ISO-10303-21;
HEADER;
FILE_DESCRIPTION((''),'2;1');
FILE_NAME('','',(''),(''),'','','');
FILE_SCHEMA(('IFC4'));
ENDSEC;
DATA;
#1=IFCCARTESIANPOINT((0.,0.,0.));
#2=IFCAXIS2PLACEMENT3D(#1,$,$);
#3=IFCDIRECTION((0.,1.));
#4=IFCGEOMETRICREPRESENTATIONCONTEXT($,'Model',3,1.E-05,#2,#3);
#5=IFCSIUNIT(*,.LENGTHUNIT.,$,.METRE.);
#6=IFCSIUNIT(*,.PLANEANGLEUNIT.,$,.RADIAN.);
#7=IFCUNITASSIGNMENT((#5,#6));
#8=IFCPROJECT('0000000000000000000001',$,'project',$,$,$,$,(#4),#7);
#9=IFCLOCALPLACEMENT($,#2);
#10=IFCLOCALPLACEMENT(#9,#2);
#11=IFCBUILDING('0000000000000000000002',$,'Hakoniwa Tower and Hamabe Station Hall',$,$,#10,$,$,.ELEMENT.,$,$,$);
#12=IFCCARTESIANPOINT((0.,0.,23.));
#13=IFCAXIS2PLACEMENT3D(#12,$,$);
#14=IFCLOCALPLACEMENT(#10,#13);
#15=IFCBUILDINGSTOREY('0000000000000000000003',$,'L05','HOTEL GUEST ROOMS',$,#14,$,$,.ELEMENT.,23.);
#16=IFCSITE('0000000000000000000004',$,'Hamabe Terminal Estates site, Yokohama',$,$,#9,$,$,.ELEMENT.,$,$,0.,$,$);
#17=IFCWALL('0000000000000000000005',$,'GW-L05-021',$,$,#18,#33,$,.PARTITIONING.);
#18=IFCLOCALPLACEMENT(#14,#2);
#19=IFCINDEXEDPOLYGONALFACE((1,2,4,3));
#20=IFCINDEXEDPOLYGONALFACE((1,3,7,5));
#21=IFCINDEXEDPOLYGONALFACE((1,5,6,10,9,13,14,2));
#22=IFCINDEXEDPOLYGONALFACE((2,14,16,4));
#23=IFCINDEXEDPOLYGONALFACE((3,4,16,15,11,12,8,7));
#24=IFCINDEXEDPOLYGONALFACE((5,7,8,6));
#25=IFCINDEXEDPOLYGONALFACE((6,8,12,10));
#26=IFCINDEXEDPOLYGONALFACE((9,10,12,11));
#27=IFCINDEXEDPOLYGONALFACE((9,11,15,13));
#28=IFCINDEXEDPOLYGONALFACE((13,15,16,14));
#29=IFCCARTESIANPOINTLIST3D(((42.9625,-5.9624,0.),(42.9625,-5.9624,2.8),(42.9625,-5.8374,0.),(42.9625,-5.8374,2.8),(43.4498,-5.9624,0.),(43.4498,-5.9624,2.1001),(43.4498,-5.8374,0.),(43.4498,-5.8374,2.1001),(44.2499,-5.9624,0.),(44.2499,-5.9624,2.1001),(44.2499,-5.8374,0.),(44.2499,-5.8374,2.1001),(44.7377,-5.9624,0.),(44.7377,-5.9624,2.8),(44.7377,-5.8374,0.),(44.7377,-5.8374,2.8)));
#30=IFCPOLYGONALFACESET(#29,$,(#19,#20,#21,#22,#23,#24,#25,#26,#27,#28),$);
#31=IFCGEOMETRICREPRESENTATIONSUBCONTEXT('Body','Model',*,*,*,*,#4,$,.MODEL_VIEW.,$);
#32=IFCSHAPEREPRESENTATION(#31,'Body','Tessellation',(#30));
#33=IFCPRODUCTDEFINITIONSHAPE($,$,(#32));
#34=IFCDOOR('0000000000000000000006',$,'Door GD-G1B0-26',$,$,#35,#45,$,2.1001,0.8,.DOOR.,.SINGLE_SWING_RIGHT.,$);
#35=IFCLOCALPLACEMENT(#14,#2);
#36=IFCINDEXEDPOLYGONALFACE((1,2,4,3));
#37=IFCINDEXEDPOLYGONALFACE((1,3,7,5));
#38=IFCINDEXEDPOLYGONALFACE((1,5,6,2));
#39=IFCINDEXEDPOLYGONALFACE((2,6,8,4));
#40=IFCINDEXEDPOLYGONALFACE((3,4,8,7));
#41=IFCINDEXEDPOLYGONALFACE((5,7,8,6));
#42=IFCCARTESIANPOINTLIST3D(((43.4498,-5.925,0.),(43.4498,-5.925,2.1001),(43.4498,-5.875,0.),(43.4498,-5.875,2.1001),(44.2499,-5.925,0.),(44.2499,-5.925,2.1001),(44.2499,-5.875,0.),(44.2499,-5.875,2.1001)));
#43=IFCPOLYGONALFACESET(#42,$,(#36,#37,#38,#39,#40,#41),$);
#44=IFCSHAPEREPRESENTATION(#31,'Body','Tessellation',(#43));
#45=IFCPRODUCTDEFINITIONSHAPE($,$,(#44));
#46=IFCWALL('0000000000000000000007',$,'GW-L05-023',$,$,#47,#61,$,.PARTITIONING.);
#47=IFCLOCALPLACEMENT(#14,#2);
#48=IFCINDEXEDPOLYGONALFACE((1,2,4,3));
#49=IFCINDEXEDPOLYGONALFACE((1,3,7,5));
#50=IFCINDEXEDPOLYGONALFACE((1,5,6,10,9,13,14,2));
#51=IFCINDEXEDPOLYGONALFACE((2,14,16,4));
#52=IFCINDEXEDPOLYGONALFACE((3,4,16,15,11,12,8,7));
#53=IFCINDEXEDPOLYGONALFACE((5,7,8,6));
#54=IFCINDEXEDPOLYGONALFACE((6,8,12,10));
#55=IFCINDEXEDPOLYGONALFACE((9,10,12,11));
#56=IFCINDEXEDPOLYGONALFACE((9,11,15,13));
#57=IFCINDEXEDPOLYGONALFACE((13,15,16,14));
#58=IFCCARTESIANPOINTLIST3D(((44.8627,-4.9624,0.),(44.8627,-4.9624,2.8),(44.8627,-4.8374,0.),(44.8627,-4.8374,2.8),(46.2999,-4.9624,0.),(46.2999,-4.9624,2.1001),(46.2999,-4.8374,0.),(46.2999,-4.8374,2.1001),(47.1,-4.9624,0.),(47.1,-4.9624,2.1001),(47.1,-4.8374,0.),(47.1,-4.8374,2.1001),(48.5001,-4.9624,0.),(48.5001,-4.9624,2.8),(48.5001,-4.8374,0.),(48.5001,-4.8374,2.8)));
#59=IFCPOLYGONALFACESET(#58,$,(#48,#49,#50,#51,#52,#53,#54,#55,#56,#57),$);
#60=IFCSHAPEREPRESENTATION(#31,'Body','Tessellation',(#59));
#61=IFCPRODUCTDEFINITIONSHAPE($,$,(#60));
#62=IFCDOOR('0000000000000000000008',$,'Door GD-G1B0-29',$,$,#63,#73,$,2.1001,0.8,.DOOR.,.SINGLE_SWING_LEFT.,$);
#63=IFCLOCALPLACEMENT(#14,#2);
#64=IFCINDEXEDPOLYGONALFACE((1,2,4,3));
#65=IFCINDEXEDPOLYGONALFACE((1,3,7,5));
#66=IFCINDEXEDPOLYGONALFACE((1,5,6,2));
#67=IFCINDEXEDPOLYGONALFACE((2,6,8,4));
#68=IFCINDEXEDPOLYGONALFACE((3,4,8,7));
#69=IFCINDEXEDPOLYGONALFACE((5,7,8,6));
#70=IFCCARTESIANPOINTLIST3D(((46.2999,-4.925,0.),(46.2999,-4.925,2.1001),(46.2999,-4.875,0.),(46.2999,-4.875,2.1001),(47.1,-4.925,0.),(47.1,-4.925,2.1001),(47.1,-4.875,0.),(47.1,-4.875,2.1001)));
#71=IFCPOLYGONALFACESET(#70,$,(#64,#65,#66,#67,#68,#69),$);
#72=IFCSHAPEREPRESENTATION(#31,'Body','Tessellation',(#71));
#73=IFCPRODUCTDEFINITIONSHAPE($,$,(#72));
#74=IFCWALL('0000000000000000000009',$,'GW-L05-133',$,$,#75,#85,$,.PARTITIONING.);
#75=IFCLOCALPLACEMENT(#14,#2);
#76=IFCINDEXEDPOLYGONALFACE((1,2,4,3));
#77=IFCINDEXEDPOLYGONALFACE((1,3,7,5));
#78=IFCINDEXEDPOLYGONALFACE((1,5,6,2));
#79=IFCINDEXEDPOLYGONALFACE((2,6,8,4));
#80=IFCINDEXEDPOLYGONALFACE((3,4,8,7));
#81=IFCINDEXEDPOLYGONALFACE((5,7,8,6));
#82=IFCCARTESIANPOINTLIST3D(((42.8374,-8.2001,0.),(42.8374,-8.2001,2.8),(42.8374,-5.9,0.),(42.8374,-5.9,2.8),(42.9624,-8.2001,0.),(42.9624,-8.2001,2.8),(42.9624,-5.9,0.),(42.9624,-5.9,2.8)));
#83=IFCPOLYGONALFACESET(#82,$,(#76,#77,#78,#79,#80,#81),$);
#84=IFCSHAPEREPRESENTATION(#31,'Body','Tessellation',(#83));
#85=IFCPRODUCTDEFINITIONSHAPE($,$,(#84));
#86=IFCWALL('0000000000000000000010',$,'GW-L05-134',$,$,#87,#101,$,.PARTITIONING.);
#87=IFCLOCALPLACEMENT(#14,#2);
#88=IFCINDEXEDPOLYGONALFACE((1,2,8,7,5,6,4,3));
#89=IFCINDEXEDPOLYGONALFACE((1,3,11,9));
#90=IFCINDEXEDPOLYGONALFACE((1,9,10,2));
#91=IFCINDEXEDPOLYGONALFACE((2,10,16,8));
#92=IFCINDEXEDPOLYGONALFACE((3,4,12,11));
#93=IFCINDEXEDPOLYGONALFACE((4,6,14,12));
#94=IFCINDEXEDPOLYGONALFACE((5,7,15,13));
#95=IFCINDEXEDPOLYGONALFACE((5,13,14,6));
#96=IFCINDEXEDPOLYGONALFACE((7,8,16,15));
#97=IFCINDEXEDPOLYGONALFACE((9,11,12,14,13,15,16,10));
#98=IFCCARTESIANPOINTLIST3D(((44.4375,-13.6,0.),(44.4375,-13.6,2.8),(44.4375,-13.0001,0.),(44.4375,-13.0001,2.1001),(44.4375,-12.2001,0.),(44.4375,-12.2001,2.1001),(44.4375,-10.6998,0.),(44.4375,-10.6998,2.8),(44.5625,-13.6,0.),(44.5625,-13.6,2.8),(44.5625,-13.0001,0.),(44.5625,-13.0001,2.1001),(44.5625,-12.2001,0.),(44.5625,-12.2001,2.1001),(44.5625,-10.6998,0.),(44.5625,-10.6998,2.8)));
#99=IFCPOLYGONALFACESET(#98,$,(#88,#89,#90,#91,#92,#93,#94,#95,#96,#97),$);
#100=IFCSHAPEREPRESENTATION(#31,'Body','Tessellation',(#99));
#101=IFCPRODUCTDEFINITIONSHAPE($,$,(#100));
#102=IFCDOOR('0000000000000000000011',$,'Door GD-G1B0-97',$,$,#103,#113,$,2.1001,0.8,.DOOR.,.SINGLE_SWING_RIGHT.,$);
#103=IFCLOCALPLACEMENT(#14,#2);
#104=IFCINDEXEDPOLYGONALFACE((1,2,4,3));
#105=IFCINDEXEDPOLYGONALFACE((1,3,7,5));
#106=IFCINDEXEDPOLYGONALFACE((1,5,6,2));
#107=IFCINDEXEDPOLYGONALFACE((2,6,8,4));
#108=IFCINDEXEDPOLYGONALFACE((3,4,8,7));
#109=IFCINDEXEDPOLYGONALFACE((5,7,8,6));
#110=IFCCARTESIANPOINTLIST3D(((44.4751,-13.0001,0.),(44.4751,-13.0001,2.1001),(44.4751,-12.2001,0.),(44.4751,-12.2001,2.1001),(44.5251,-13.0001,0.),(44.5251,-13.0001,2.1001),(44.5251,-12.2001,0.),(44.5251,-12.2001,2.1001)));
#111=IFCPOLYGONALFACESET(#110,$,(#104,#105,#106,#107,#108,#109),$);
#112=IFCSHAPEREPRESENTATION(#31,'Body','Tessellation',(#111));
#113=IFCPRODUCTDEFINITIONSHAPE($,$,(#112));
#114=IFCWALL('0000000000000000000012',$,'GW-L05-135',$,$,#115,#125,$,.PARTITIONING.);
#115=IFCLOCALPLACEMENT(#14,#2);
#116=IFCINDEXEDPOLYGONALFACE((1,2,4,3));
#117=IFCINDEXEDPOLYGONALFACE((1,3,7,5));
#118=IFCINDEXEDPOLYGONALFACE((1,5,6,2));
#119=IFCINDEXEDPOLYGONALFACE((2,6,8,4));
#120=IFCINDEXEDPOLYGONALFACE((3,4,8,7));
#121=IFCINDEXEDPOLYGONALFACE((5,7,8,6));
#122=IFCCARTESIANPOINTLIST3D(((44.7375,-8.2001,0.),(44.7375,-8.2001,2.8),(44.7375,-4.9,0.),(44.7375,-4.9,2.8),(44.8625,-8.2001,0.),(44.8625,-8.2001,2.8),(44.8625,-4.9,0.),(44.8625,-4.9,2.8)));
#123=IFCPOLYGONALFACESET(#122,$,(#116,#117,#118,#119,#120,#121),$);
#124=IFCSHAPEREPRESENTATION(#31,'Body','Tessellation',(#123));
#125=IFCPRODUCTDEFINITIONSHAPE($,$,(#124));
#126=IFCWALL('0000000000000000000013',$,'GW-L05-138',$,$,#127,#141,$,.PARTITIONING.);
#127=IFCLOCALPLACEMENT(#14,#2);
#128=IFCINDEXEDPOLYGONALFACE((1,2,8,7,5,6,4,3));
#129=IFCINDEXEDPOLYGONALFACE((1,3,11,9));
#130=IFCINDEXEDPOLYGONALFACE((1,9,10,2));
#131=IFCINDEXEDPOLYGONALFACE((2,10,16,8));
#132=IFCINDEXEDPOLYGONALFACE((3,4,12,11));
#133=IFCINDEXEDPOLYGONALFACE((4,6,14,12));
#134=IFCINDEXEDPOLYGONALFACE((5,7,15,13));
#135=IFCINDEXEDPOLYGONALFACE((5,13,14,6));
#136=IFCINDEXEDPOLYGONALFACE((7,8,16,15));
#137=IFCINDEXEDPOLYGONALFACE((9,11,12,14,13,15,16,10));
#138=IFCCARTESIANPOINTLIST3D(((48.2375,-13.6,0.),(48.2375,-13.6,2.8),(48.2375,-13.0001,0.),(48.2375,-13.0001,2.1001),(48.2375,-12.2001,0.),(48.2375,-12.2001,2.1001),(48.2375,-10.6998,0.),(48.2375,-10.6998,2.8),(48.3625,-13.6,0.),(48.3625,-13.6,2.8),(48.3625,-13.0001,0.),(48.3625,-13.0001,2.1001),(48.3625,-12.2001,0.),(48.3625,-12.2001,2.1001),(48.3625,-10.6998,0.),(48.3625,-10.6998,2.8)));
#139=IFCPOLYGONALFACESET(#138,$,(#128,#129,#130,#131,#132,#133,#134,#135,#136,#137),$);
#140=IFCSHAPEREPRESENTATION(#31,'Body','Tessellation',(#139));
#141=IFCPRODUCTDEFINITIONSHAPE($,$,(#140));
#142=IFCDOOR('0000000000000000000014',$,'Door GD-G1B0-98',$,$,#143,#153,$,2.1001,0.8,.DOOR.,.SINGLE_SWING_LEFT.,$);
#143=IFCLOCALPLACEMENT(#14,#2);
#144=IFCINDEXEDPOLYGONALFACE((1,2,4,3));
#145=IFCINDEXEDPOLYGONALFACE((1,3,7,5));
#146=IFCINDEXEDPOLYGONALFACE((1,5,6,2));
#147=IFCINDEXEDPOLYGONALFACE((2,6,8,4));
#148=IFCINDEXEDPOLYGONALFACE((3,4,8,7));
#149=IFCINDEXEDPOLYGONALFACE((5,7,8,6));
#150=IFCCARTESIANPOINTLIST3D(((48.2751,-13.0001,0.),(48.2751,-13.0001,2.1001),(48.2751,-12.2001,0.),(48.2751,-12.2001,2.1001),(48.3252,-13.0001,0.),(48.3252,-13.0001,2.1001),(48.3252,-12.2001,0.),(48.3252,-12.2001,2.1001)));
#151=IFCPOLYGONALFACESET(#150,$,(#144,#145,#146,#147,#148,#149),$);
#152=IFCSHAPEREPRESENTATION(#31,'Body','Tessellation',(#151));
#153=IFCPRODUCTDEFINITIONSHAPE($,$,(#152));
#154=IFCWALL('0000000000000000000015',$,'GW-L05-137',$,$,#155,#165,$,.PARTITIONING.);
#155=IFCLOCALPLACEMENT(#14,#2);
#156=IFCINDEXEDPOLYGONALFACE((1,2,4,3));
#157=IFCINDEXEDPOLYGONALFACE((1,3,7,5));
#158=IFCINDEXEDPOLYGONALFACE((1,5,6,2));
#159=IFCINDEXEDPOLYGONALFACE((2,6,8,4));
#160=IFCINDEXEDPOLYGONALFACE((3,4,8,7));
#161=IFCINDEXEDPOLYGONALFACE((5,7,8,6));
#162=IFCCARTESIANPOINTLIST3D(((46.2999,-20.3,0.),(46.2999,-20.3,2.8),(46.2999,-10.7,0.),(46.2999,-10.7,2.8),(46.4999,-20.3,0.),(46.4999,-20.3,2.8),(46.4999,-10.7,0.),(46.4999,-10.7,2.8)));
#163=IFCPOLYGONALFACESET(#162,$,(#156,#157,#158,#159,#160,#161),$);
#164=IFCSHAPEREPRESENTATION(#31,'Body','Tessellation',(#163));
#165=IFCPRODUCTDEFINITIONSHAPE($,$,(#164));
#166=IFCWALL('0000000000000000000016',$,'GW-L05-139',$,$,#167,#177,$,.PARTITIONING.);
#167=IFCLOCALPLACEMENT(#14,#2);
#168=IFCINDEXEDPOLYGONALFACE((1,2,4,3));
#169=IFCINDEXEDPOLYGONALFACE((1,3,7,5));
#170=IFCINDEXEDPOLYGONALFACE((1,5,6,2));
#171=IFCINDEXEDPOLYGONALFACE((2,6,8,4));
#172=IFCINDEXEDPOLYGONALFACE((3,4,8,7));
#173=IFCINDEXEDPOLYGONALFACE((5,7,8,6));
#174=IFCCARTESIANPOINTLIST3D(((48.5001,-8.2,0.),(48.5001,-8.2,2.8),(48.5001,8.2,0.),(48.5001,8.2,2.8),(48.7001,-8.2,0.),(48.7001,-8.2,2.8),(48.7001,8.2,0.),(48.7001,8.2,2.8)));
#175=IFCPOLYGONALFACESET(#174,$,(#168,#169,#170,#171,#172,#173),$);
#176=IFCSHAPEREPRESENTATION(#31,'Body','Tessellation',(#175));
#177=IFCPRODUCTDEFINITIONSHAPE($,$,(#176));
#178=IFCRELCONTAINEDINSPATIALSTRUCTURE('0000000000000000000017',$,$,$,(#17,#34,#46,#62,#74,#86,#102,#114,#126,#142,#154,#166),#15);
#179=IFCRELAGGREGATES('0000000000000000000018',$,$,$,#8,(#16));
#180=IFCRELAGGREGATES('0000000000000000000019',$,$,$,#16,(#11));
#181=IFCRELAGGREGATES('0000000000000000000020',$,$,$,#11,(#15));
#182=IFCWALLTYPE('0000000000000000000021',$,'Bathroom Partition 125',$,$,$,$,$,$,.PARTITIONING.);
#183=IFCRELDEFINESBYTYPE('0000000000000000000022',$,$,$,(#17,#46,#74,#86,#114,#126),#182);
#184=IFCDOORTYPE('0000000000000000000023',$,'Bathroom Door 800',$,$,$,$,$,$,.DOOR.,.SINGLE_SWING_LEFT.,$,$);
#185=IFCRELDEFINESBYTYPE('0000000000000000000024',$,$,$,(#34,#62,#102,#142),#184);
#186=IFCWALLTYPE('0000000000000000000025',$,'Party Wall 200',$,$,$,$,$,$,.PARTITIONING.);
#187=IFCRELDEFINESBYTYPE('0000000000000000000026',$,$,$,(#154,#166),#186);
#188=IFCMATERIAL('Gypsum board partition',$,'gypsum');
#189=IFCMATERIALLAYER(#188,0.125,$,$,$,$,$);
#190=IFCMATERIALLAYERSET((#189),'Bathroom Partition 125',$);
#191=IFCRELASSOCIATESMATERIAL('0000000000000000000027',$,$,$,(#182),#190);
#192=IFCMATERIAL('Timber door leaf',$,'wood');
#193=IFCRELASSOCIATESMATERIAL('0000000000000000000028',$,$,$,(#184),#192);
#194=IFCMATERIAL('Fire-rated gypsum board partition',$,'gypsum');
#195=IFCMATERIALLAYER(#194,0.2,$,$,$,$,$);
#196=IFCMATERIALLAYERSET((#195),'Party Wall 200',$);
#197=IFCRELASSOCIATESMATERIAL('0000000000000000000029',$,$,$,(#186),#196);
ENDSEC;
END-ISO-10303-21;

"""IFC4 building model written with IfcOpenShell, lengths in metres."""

from ifc_helpers import new_model, si_unit, direction, frame, frame_2d, origin, place, context, subcontext, project, spatial, rectangle, extrude, material, layer, layer_set, type_object, element, fill, save


model = new_model("IFC4")

# Units and contexts
model_context = context("Model", 3, precision=1e-05, world=origin(), true_north=direction((0.0, 1.0)))
body_context = subcontext(model_context, "Body", "Model", "MODEL_VIEW")
ifc_project = project(units=[si_unit("LENGTHUNIT", "METRE"), si_unit("PLANEANGLEUNIT", "RADIAN")], contexts=[model_context])

# Site, building, storey
site_placement = place(None, origin())
site = spatial("IfcSite", under=ifc_project, at=site_placement, Name="Hamabe Terminal Estates site, Yokohama", CompositionType="ELEMENT", RefElevation=0.0)
building_placement = place(site_placement, origin())
building = spatial("IfcBuilding", under=site, at=building_placement, Name="Hakoniwa Tower and Hamabe Station Hall", CompositionType="ELEMENT")
storey_placement = place(building_placement, frame((0.0, 0.0, 23.0)))
storey = spatial("IfcBuildingStorey", under=building, at=storey_placement, Name="L05", Description="HOTEL GUEST ROOMS", CompositionType="ELEMENT", Elevation=23.0)

# Shared definitions
ifc_material_1 = material(Name="Gypsum board partition", Category="gypsum")
ifc_layer_1 = layer(ifc_material_1, 0.125)
ifc_layer_set_1 = layer_set([ifc_layer_1], Name="Bathroom Partition 125")
wall_type_1 = type_object("IfcWallType", Name="Bathroom Partition 125", PredefinedType="PARTITIONING", material=ifc_layer_set_1)

# Walls, openings, doors
wall_1_placement = place(storey_placement, frame((42.9624, -5.8999, 0.0), z_axis=(0.0, 0.0, 1.0), x_axis=(1.0, 0.0, 0.0)))
wall_1 = element("IfcWall", 1, at=wall_1_placement, inside=storey, type_object=wall_type_1, Name="GW-L05-021", PredefinedType="PARTITIONING", context=body_context, shape_type="SweptSolid", body=[
    extrude(rectangle(XDim=1.7751, YDim=0.125, at=frame_2d((0.8877, 0.0))), origin(), (0.0, 0.0, 1.0), 2.8),
])
opening_1_placement = place(wall_1_placement, frame((0.4875, 0.0, 0.0)))
opening_1 = element("IfcOpeningElement", 2, at=opening_1_placement, cuts=wall_1, PredefinedType="OPENING", context=body_context, shape_type="SweptSolid", body=[
    extrude(rectangle(XDim=0.8, YDim=2.1001, at=frame_2d((0.3999, 1.05))), frame((0.0, 0.0725, 0.0), z_axis=(0.0, -1.0, 0.0), x_axis=(1.0, 0.0, 0.0)), (0.0, 0.0, 1.0), 0.145),
])
ifc_material_2 = material(Name="Timber door leaf", Category="wood")
door_type = type_object("IfcDoorType", Name="Bathroom Door 800", OperationType="SINGLE_SWING_LEFT", PredefinedType="DOOR", material=ifc_material_2)
door_1_placement = place(opening_1_placement, origin())
door_1 = element("IfcDoor", 3, at=door_1_placement, inside=storey, type_object=door_type, Name="Door GD-G1B0-26", OperationType="SINGLE_SWING_RIGHT", OverallHeight=2.1001, OverallWidth=0.8, PredefinedType="DOOR", context=body_context, shape_type="SweptSolid", body=[
    extrude(rectangle(XDim=0.8, YDim=2.1001, at=frame_2d((0.3999, 1.05))), frame((0.0, 0.0249, 0.0), z_axis=(0.0, -1.0, 0.0), x_axis=(1.0, 0.0, 0.0)), (0.0, 0.0, 1.0), 0.05),
])
fill(opening_1, door_1)
wall_2_placement = place(storey_placement, frame((44.8625, -4.8999, 0.0), z_axis=(0.0, 0.0, 1.0), x_axis=(1.0, 0.0, 0.0)))
wall_2 = element("IfcWall", 4, at=wall_2_placement, inside=storey, type_object=wall_type_1, Name="GW-L05-023", PredefinedType="PARTITIONING", context=body_context, shape_type="SweptSolid", body=[
    extrude(rectangle(XDim=3.6375, YDim=0.125, at=frame_2d((1.8188, 0.0))), origin(), (0.0, 0.0, 1.0), 2.8),
])
opening_2_placement = place(wall_2_placement, frame((1.4375, 0.0, 0.0)))
opening_2 = element("IfcOpeningElement", 5, at=opening_2_placement, cuts=wall_2, PredefinedType="OPENING", context=body_context, shape_type="SweptSolid", body=[
    extrude(rectangle(XDim=0.8, YDim=2.1001, at=frame_2d((0.3999, 1.05))), frame((0.0, 0.0725, 0.0), z_axis=(0.0, -1.0, 0.0), x_axis=(1.0, 0.0, 0.0)), (0.0, 0.0, 1.0), 0.145),
])
door_2_placement = place(opening_2_placement, origin())
door_2 = element("IfcDoor", 6, at=door_2_placement, inside=storey, type_object=door_type, Name="Door GD-G1B0-29", OperationType="SINGLE_SWING_LEFT", OverallHeight=2.1001, OverallWidth=0.8, PredefinedType="DOOR", context=body_context, shape_type="SweptSolid", body=[
    extrude(rectangle(XDim=0.8, YDim=2.1001, at=frame_2d((0.3999, 1.05))), frame((0.0, 0.0249, 0.0), z_axis=(0.0, -1.0, 0.0), x_axis=(1.0, 0.0, 0.0)), (0.0, 0.0, 1.0), 0.05),
])
fill(opening_2, door_2)

# Wall
wall_3_placement = place(storey_placement, frame((42.8999, -8.2, 0.0), z_axis=(0.0, 0.0, 1.0), x_axis=(0.0, 1.0, 0.0)))
element("IfcWall", 7, at=wall_3_placement, inside=storey, type_object=wall_type_1, Name="GW-L05-133", PredefinedType="PARTITIONING", context=body_context, shape_type="SweptSolid", body=[
    extrude(rectangle(XDim=2.3, YDim=0.125, at=frame_2d((1.1499, 0.0))), origin(), (0.0, 0.0, 1.0), 2.8),
])

# Wall, opening, door
wall_4_placement = place(storey_placement, frame((44.5, -13.6001, 0.0), z_axis=(0.0, 0.0, 1.0), x_axis=(0.0, 1.0, 0.0)))
wall_4 = element("IfcWall", 8, at=wall_4_placement, inside=storey, type_object=wall_type_1, Name="GW-L05-134", PredefinedType="PARTITIONING", context=body_context, shape_type="SweptSolid", body=[
    extrude(rectangle(XDim=2.9001, YDim=0.125, at=frame_2d((1.4502, 0.0))), origin(), (0.0, 0.0, 1.0), 2.8),
])
opening_3_placement = place(wall_4_placement, frame((0.6001, 0.0, 0.0)))
opening_3 = element("IfcOpeningElement", 9, at=opening_3_placement, cuts=wall_4, PredefinedType="OPENING", context=body_context, shape_type="SweptSolid", body=[
    extrude(rectangle(XDim=0.8, YDim=2.1001, at=frame_2d((0.3999, 1.05))), frame((0.0, 0.0725, 0.0), z_axis=(0.0, -1.0, 0.0), x_axis=(1.0, 0.0, 0.0)), (0.0, 0.0, 1.0), 0.145),
])
door_3_placement = place(opening_3_placement, origin())
door_3 = element("IfcDoor", 10, at=door_3_placement, inside=storey, type_object=door_type, Name="Door GD-G1B0-97", OperationType="SINGLE_SWING_RIGHT", OverallHeight=2.1001, OverallWidth=0.8, PredefinedType="DOOR", context=body_context, shape_type="SweptSolid", body=[
    extrude(rectangle(XDim=0.8, YDim=2.1001, at=frame_2d((0.3999, 1.05))), frame((0.0, 0.0249, 0.0), z_axis=(0.0, -1.0, 0.0), x_axis=(1.0, 0.0, 0.0)), (0.0, 0.0, 1.0), 0.05),
])
fill(opening_3, door_3)

# Wall
wall_5_placement = place(storey_placement, frame((44.8, -8.2, 0.0), z_axis=(0.0, 0.0, 1.0), x_axis=(0.0, 1.0, 0.0)))
element("IfcWall", 11, at=wall_5_placement, inside=storey, type_object=wall_type_1, Name="GW-L05-135", PredefinedType="PARTITIONING", context=body_context, shape_type="SweptSolid", body=[
    extrude(rectangle(XDim=3.3, YDim=0.125, at=frame_2d((1.6499, 0.0))), origin(), (0.0, 0.0, 1.0), 2.8),
])

# Wall, opening, door
wall_6_placement = place(storey_placement, frame((48.3, -13.6001, 0.0), z_axis=(0.0, 0.0, 1.0), x_axis=(0.0, 1.0, 0.0)))
wall_6 = element("IfcWall", 12, at=wall_6_placement, inside=storey, type_object=wall_type_1, Name="GW-L05-138", PredefinedType="PARTITIONING", context=body_context, shape_type="SweptSolid", body=[
    extrude(rectangle(XDim=2.9001, YDim=0.125, at=frame_2d((1.4502, 0.0))), origin(), (0.0, 0.0, 1.0), 2.8),
])
opening_4_placement = place(wall_6_placement, frame((0.6001, 0.0, 0.0)))
opening_4 = element("IfcOpeningElement", 13, at=opening_4_placement, cuts=wall_6, PredefinedType="OPENING", context=body_context, shape_type="SweptSolid", body=[
    extrude(rectangle(XDim=0.8, YDim=2.1001, at=frame_2d((0.3999, 1.05))), frame((0.0, 0.0725, 0.0), z_axis=(0.0, -1.0, 0.0), x_axis=(1.0, 0.0, 0.0)), (0.0, 0.0, 1.0), 0.145),
])
door_4_placement = place(opening_4_placement, origin())
door_4 = element("IfcDoor", 14, at=door_4_placement, inside=storey, type_object=door_type, Name="Door GD-G1B0-98", OperationType="SINGLE_SWING_LEFT", OverallHeight=2.1001, OverallWidth=0.8, PredefinedType="DOOR", context=body_context, shape_type="SweptSolid", body=[
    extrude(rectangle(XDim=0.8, YDim=2.1001, at=frame_2d((0.3999, 1.05))), frame((0.0, 0.0249, 0.0), z_axis=(0.0, -1.0, 0.0), x_axis=(1.0, 0.0, 0.0)), (0.0, 0.0, 1.0), 0.05),
])
fill(opening_4, door_4)

# Walls
ifc_material_3 = material(Name="Fire-rated gypsum board partition", Category="gypsum")
ifc_layer_2 = layer(ifc_material_3, 0.2)
ifc_layer_set_2 = layer_set([ifc_layer_2], Name="Party Wall 200")
wall_type_2 = type_object("IfcWallType", Name="Party Wall 200", PredefinedType="PARTITIONING", material=ifc_layer_set_2)
wall_7_placement = place(storey_placement, frame((46.3999, -20.3, 0.0), z_axis=(0.0, 0.0, 1.0), x_axis=(0.0, 1.0, 0.0)))
element("IfcWall", 15, at=wall_7_placement, inside=storey, type_object=wall_type_2, Name="GW-L05-137", PredefinedType="PARTITIONING", context=body_context, shape_type="SweptSolid", body=[
    extrude(rectangle(XDim=9.6001, YDim=0.2, at=frame_2d((4.8, 0.0))), origin(), (0.0, 0.0, 1.0), 2.8),
])
wall_8_placement = place(storey_placement, frame((48.6001, -8.2, 0.0), z_axis=(0.0, 0.0, 1.0), x_axis=(0.0, 1.0, 0.0)))
element("IfcWall", 16, at=wall_8_placement, inside=storey, type_object=wall_type_2, Name="GW-L05-139", PredefinedType="PARTITIONING", context=body_context, shape_type="SweptSolid", body=[
    extrude(rectangle(XDim=16.3999, YDim=0.2, at=frame_2d((8.2, 0.0))), origin(), (0.0, 0.0, 1.0), 2.8),
])

save(model, "model.ifc")
